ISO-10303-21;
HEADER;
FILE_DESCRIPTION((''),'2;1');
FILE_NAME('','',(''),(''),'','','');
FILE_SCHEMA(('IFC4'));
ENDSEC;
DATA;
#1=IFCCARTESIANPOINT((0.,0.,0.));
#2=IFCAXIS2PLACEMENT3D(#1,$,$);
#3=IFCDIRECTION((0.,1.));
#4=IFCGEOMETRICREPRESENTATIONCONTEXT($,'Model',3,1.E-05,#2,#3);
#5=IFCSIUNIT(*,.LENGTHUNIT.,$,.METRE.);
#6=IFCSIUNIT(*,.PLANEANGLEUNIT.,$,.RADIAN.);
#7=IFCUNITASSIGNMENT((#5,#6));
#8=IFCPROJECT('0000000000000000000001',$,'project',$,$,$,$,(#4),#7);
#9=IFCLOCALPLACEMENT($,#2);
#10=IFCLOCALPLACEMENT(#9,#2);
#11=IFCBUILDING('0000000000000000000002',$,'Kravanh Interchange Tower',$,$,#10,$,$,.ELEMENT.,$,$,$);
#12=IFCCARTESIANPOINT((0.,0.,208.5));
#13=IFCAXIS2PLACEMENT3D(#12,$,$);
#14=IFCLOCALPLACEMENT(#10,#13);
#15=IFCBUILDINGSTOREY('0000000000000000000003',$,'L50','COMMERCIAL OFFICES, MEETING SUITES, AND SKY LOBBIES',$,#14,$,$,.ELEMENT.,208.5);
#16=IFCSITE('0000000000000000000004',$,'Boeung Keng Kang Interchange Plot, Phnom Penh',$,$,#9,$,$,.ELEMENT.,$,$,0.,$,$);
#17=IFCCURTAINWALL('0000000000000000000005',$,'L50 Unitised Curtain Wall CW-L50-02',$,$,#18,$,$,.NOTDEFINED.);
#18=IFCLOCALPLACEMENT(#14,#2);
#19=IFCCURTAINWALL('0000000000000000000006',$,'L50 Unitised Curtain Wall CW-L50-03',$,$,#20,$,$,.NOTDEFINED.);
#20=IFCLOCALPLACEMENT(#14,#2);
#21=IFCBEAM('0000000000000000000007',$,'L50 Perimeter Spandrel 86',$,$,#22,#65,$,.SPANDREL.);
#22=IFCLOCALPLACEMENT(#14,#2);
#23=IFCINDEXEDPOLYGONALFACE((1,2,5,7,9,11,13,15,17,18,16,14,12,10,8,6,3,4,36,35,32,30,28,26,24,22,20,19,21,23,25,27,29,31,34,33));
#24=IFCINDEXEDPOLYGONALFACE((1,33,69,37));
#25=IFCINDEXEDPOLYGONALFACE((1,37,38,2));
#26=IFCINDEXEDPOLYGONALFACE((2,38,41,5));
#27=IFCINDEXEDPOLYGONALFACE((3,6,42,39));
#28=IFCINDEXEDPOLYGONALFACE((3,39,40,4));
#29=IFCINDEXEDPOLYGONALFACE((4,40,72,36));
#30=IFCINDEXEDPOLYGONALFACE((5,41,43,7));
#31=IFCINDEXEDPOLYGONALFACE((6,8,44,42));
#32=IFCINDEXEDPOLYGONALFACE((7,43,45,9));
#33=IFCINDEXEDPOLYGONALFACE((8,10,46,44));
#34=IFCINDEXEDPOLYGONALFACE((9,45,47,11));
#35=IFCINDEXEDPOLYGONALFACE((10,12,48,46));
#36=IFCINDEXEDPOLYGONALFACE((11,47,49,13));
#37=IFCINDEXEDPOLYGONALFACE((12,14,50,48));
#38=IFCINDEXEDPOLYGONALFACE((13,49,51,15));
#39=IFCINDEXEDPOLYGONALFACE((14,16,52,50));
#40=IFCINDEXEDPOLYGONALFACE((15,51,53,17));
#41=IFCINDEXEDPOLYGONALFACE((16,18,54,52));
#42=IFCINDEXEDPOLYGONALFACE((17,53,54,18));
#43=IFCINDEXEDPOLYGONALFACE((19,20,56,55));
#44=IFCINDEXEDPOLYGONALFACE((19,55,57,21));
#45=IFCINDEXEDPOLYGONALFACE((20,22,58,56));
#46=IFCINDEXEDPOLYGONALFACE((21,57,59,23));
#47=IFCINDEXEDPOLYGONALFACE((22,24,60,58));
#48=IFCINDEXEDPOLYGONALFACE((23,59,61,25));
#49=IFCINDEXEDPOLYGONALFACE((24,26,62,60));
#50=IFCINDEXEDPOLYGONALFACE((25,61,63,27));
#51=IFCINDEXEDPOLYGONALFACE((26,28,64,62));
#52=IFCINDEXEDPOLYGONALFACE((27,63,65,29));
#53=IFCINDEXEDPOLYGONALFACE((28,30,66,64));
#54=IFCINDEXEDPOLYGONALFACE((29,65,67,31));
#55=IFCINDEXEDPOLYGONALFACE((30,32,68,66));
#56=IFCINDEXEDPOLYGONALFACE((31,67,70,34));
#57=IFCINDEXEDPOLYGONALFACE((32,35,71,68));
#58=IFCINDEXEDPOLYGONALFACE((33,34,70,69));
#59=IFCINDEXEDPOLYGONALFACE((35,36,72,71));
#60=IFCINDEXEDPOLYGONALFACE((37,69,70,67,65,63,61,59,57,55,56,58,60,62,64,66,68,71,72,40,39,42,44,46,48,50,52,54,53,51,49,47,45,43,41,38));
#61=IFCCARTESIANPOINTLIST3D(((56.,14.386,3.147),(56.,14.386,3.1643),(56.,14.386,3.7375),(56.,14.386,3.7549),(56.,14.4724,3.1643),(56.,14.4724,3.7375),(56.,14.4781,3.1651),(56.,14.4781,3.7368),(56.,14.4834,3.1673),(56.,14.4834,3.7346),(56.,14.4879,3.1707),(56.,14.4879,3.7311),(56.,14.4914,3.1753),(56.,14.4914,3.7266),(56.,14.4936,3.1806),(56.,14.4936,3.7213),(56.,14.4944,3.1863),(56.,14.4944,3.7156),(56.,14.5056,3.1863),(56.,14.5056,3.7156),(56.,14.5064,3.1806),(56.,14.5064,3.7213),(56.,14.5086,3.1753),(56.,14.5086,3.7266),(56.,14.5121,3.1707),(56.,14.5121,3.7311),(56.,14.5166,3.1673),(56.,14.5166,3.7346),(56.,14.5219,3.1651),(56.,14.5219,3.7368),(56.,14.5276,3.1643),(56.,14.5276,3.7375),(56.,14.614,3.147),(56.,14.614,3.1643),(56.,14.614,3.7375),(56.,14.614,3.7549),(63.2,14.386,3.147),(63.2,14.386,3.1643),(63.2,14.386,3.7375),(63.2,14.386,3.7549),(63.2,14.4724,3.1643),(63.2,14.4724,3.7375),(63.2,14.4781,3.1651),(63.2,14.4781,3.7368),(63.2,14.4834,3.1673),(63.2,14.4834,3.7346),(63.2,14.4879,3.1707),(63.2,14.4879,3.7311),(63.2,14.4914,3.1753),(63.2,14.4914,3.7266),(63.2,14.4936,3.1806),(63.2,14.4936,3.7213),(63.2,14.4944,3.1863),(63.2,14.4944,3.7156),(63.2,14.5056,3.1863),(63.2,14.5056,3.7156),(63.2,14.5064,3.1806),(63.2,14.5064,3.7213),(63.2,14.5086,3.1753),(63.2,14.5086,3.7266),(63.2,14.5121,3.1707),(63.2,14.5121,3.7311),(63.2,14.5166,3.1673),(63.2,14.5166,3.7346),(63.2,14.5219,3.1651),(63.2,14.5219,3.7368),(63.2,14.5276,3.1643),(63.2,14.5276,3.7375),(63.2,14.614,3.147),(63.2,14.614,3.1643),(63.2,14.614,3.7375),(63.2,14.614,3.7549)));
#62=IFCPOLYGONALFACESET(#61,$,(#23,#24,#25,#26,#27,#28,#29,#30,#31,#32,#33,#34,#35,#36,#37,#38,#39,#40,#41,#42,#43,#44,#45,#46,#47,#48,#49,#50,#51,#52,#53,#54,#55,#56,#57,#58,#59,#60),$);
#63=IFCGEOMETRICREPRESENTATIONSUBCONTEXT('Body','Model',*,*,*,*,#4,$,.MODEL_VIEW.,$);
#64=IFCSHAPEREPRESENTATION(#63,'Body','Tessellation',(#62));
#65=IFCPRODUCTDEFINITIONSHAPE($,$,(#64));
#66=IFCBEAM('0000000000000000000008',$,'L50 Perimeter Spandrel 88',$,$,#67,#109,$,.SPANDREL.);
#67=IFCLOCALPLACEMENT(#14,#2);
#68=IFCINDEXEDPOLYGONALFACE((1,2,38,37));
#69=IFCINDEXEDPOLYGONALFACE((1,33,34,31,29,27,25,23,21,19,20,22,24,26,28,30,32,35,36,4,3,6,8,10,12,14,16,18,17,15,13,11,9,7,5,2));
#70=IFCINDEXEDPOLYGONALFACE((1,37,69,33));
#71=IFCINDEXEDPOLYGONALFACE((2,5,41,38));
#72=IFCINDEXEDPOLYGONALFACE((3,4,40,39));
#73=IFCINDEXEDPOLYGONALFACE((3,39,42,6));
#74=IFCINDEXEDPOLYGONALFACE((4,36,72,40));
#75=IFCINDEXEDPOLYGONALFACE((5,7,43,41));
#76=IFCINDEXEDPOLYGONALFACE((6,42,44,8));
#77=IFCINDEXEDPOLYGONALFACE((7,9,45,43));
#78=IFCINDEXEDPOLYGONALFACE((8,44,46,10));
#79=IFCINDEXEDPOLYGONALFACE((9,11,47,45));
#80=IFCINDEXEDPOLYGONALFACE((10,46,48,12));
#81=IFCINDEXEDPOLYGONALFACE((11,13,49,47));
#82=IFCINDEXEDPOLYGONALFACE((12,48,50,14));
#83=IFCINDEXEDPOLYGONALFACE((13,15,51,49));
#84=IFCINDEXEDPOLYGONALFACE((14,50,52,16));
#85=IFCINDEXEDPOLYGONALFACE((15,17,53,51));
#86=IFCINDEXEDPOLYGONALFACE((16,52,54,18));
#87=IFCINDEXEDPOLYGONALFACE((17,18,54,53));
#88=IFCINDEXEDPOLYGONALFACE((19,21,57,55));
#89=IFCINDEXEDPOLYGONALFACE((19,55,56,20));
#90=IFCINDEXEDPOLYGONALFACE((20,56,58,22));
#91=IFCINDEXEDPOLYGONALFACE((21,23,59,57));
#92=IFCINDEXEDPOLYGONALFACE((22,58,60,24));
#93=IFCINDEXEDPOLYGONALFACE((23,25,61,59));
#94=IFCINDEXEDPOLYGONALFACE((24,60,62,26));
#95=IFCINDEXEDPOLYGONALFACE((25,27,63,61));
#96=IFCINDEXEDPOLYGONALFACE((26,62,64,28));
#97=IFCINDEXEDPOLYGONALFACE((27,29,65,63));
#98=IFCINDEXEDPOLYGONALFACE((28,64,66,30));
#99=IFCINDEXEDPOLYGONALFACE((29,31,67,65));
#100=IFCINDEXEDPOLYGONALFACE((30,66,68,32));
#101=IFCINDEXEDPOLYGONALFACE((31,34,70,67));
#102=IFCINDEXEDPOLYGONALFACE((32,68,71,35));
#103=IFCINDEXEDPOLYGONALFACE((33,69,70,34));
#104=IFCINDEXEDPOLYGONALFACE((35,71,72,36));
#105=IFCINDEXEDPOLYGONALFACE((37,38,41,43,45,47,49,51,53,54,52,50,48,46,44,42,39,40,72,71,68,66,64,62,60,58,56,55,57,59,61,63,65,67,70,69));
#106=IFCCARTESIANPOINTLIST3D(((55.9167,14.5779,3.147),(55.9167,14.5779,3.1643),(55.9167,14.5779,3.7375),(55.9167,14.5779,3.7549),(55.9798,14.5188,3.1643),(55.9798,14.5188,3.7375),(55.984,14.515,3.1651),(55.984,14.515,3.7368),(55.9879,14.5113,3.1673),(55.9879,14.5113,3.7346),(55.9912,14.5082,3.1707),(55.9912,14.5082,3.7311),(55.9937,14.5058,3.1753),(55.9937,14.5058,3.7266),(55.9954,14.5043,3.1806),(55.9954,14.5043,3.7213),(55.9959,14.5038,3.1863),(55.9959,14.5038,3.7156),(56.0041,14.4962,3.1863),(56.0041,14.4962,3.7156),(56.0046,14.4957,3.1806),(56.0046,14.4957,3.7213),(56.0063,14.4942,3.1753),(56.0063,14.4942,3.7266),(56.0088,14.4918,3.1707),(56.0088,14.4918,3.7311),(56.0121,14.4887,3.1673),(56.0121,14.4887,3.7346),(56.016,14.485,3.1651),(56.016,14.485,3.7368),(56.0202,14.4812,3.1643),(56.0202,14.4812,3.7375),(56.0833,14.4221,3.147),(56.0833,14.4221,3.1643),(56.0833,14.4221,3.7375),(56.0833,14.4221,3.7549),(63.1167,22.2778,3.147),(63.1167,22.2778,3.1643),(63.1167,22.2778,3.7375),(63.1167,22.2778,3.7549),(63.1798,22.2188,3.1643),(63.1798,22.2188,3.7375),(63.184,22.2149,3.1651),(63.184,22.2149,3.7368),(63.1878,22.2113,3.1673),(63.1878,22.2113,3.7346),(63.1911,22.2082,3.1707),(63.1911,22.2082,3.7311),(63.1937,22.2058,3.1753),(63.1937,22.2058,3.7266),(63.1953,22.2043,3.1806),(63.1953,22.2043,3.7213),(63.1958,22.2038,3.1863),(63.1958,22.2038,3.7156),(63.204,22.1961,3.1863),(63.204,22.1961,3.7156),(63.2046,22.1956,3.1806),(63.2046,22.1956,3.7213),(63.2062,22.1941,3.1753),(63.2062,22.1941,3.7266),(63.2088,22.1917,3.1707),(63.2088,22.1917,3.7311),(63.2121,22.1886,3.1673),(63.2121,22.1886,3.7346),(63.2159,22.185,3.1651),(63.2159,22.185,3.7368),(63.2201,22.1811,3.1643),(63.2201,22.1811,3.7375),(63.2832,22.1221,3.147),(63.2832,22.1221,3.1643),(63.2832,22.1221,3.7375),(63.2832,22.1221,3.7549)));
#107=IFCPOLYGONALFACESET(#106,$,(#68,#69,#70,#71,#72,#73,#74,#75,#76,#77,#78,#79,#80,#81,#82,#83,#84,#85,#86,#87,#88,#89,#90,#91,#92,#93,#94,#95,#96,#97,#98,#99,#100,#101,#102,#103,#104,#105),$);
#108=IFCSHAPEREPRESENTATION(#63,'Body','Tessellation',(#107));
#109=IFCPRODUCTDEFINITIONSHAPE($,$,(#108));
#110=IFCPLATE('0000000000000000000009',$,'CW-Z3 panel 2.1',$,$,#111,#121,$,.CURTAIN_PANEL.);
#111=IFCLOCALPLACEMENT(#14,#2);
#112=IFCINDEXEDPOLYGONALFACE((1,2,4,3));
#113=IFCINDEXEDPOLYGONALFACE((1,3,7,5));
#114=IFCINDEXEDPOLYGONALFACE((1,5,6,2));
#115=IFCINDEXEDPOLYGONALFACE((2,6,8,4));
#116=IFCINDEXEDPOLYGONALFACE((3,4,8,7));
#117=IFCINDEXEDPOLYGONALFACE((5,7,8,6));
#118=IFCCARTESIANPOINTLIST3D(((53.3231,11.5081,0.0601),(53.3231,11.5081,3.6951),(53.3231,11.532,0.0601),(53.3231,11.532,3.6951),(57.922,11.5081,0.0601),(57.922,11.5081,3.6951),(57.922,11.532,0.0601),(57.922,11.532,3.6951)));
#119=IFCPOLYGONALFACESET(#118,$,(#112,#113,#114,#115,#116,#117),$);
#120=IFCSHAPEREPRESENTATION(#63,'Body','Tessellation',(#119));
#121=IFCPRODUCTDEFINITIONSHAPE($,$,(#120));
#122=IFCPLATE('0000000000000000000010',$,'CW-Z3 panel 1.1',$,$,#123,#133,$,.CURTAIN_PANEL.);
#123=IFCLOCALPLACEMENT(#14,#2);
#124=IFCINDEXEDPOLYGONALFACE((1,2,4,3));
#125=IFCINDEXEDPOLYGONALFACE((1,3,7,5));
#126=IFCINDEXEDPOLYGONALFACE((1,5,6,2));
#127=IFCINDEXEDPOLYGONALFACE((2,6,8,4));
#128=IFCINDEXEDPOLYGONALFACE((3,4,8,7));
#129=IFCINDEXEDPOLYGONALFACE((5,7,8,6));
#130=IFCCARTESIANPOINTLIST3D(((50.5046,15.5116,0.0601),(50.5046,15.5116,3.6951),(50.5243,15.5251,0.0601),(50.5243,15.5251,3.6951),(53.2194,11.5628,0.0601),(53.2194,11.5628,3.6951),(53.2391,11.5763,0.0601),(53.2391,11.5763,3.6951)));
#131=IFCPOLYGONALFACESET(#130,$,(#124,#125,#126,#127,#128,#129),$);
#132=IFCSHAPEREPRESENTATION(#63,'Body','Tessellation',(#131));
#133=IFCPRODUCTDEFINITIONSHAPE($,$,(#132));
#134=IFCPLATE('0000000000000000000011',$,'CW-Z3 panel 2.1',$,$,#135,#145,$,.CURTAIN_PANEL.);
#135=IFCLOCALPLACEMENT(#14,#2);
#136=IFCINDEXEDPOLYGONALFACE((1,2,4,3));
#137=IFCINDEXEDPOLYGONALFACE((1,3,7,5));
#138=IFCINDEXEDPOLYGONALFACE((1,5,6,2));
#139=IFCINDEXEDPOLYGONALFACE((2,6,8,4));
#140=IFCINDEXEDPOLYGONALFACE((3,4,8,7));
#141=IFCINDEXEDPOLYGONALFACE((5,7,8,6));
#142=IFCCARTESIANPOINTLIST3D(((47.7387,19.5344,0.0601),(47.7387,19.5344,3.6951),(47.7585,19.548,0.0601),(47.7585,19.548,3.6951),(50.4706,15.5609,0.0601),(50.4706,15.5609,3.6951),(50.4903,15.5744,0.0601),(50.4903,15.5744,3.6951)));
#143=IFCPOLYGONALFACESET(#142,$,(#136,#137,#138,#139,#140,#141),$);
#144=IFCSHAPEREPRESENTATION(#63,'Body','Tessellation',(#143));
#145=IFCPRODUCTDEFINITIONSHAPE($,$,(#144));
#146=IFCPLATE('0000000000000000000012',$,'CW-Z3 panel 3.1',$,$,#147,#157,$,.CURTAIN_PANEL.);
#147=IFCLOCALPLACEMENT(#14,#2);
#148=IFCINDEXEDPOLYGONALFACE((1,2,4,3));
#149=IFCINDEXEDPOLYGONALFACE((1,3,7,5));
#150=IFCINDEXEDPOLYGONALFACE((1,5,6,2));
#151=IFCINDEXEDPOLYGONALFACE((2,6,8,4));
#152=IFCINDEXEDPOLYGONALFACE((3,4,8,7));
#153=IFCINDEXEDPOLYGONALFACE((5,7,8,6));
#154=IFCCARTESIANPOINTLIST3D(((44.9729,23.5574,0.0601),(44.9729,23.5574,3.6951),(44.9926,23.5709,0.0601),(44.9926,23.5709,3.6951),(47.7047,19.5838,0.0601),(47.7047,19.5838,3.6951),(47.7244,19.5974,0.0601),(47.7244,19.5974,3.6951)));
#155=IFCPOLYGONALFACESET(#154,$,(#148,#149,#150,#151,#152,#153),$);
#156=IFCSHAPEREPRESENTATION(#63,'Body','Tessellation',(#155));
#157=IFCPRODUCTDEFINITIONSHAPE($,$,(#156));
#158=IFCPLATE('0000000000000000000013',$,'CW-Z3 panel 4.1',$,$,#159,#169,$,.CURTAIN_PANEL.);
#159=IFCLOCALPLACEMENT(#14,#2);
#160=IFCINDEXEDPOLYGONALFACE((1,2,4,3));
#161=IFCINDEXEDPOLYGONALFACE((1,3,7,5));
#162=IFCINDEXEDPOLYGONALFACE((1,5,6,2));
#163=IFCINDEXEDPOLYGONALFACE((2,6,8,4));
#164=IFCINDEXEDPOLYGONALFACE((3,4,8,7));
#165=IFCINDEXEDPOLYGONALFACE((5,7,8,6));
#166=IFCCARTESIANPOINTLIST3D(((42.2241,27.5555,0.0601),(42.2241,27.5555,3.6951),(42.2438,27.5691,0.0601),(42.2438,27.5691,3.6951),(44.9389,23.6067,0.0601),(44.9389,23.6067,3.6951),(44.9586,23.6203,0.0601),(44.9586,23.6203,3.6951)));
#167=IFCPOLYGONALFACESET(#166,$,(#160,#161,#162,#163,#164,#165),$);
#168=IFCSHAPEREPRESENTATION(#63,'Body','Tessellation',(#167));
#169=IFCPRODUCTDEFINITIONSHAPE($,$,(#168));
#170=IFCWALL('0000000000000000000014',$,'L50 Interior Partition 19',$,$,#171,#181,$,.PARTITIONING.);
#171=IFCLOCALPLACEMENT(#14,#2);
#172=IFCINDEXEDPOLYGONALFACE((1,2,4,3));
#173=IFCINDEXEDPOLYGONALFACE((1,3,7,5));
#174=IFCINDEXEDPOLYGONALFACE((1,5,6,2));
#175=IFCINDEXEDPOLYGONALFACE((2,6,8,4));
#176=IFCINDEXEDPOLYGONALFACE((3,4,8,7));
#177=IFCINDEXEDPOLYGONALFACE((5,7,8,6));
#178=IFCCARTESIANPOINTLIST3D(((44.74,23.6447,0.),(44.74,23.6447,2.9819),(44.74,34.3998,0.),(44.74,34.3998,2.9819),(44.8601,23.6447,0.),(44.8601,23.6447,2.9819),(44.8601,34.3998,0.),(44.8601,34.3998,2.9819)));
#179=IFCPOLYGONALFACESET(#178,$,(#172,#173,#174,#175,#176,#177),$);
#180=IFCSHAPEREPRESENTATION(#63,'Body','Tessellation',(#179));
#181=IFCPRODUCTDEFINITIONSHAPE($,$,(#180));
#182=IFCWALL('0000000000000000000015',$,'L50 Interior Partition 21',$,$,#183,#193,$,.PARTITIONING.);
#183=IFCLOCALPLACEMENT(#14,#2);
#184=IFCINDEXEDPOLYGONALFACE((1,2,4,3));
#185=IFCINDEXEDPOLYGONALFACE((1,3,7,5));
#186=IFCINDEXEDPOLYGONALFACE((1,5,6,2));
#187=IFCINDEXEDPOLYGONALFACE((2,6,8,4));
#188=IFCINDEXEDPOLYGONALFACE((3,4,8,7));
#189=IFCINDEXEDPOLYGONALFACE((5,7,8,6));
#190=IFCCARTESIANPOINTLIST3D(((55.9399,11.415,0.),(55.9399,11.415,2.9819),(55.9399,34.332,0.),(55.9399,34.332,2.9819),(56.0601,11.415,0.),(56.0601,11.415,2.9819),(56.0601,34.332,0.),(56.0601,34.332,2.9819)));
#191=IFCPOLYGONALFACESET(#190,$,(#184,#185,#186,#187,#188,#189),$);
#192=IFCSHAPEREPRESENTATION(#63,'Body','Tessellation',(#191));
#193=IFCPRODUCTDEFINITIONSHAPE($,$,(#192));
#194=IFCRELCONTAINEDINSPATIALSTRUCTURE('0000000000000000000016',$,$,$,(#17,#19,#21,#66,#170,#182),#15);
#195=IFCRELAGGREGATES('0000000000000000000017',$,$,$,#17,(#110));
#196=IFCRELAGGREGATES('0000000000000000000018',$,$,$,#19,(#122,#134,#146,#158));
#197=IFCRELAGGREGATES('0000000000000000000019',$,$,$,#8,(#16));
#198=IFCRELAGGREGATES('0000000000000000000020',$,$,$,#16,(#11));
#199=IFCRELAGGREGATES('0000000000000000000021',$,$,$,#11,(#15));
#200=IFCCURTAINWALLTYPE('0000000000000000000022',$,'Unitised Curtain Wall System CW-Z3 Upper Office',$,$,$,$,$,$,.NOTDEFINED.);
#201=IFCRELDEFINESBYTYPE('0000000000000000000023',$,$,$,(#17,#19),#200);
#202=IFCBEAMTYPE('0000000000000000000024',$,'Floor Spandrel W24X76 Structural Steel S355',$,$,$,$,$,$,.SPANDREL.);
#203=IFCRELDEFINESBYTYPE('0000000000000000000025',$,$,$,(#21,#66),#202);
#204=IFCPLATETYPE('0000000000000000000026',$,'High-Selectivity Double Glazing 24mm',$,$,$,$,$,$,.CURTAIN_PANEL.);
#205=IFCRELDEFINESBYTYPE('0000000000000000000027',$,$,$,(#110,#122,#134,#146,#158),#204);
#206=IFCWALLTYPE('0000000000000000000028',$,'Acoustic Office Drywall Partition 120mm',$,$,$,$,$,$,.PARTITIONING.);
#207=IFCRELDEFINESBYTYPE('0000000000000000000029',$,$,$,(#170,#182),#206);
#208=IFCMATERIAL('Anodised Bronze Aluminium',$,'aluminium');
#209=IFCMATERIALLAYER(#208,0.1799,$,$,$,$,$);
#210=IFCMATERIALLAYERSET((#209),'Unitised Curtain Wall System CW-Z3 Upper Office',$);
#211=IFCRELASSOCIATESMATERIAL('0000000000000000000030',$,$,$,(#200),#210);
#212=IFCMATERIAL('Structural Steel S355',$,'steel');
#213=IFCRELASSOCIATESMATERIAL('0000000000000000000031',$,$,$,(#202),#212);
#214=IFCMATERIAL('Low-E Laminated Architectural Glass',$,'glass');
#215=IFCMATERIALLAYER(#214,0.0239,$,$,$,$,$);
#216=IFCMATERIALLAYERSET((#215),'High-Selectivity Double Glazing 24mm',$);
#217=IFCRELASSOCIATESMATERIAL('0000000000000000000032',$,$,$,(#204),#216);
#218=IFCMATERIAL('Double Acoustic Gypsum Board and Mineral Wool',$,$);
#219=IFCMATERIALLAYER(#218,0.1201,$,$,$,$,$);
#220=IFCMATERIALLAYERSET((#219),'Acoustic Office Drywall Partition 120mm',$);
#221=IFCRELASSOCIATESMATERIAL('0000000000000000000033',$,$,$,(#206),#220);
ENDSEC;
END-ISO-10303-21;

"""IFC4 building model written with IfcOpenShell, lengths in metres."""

from ifc_helpers import new_model, si_unit, direction, frame, frame_2d, origin, origin_2d, place, context, subcontext, project, spatial, rectangle, i_section, extrude, material, layer, layer_set, material_profile, profile_set, type_object, element, aggregate, save


model = new_model("IFC4")

# Units and contexts
model_context = context("Model", 3, precision=1e-05, world=origin(), true_north=direction((0.0, 1.0)))
body_context = subcontext(model_context, "Body", "Model", "MODEL_VIEW")
ifc_project = project(units=[si_unit("LENGTHUNIT", "METRE"), si_unit("PLANEANGLEUNIT", "RADIAN")], contexts=[model_context])

# Site, building, storey
site_placement = place(None, origin())
site = spatial("IfcSite", under=ifc_project, at=site_placement, Name="Boeung Keng Kang Interchange Plot, Phnom Penh", CompositionType="ELEMENT", RefElevation=0.0)
building_placement = place(site_placement, origin())
building = spatial("IfcBuilding", under=site, at=building_placement, Name="Kravanh Interchange Tower", CompositionType="ELEMENT")
storey_placement = place(building_placement, frame((0.0, 0.0, 208.5)))
storey = spatial("IfcBuildingStorey", under=building, at=storey_placement, Name="L50", Description="COMMERCIAL OFFICES, MEETING SUITES, AND SKY LOBBIES", CompositionType="ELEMENT", Elevation=208.5)

# Curtain wall
ifc_material_1 = material(Name="Anodised Bronze Aluminium", Category="aluminium")
ifc_layer_1 = layer(ifc_material_1, 0.1799)
ifc_layer_set_1 = layer_set([ifc_layer_1], Name="Unitised Curtain Wall System CW-Z3 Upper Office")
curtain_wall_type = type_object("IfcCurtainWallType", Name="Unitised Curtain Wall System CW-Z3 Upper Office", PredefinedType="NOTDEFINED", material=ifc_layer_set_1)
curtain_wall_1_placement = place(storey_placement, origin())
curtain_wall_1 = element("IfcCurtainWall", 1, at=curtain_wall_1_placement, inside=storey, type_object=curtain_wall_type, Name="L50 Unitised Curtain Wall CW-L50-02", PredefinedType="NOTDEFINED")

# Curtain wall
curtain_wall_2_placement = place(storey_placement, origin())
curtain_wall_2 = element("IfcCurtainWall", 2, at=curtain_wall_2_placement, inside=storey, type_object=curtain_wall_type, Name="L50 Unitised Curtain Wall CW-L50-03", PredefinedType="NOTDEFINED")

# Beams
ifc_material_2 = material(Name="Structural Steel S355", Category="steel")
ifc_material_profile_1 = material_profile(ifc_material_2, i_section(OverallWidth=0.228, OverallDepth=0.6079, WebThickness=0.0112, FlangeThickness=0.0173, FilletRadius=0.022, at=origin_2d()), Name="W24X76")
ifc_profile_set_1 = profile_set([ifc_material_profile_1], Name="Structural Steel S355")
beam_type_1 = type_object("IfcBeamType", Name="Floor Spandrel W24X76 Structural Steel S355", PredefinedType="SPANDREL", material=ifc_profile_set_1)
beam_1_placement = place(storey_placement, frame((56.0, 14.5, 3.4509), z_axis=(1.0, 0.0, 0.0), x_axis=(0.0, 1.0, 0.0)))
element("IfcBeam", 3, at=beam_1_placement, inside=storey, type_object=beam_type_1, Name="L50 Perimeter Spandrel 86", PredefinedType="SPANDREL", context=body_context, shape_type="SweptSolid", body=[
    extrude(i_section(OverallWidth=0.228, OverallDepth=0.6079, WebThickness=0.0112, FlangeThickness=0.0173, FilletRadius=0.022, at=origin_2d()), origin(), (0.0, 0.0, 1.0), 7.2),
])
beam_2_placement = place(storey_placement, frame((56.0, 14.5, 3.4509), z_axis=(0.682994, 0.730424, 0.0), x_axis=(-0.730424, 0.682994, 0.0)))
element("IfcBeam", 4, at=beam_2_placement, inside=storey, type_object=beam_type_1, Name="L50 Perimeter Spandrel 88", PredefinedType="SPANDREL", context=body_context, shape_type="SweptSolid", body=[
    extrude(i_section(OverallWidth=0.228, OverallDepth=0.6079, WebThickness=0.0112, FlangeThickness=0.0173, FilletRadius=0.022, at=origin_2d()), origin(), (0.0, 0.0, 1.0), 10.5417),
])

# Plates
ifc_material_3 = material(Name="Low-E Laminated Architectural Glass", Category="glass")
ifc_layer_2 = layer(ifc_material_3, 0.0239)
ifc_layer_set_2 = layer_set([ifc_layer_2], Name="High-Selectivity Double Glazing 24mm")
plate_type = type_object("IfcPlateType", Name="High-Selectivity Double Glazing 24mm", PredefinedType="CURTAIN_PANEL", material=ifc_layer_set_2)
plate_1_placement = place(storey_placement, frame((55.6226, 11.52, 0.0601), z_axis=(0.0, 0.0, 1.0), x_axis=(-1.0, 0.0, 0.0)))
plate_1 = element("IfcPlate", 5, at=plate_1_placement, type_object=plate_type, Name="CW-Z3 panel 2.1", PredefinedType="CURTAIN_PANEL", context=body_context, shape_type="SweptSolid", body=[
    extrude(rectangle(XDim=4.5989, YDim=0.0239, at=origin_2d()), origin(), (0.0, 0.0, 1.0), 3.635),
])
aggregate(curtain_wall_1, [plate_1])
plate_2_placement = place(storey_placement, frame((51.8718, 13.5439, 0.0601), z_axis=(0.0, 0.0, 1.0), x_axis=(-0.566528, 0.824042, 0.0)))
plate_2 = element("IfcPlate", 6, at=plate_2_placement, type_object=plate_type, Name="CW-Z3 panel 1.1", PredefinedType="CURTAIN_PANEL", context=body_context, shape_type="SweptSolid", body=[
    extrude(rectangle(XDim=4.792, YDim=0.0239, at=origin_2d()), origin(), (0.0, 0.0, 1.0), 3.635),
])
plate_3_placement = place(storey_placement, frame((49.1145, 17.5544, 0.0601), z_axis=(0.0, 0.0, 1.0), x_axis=(-0.566528, 0.824042, 0.0)))
plate_3 = element("IfcPlate", 7, at=plate_3_placement, type_object=plate_type, Name="CW-Z3 panel 2.1", PredefinedType="CURTAIN_PANEL", context=body_context, shape_type="SweptSolid", body=[
    extrude(rectangle(XDim=4.822, YDim=0.0239, at=origin_2d()), origin(), (0.0, 0.0, 1.0), 3.635),
])
plate_4_placement = place(storey_placement, frame((46.3486, 21.5774, 0.0601), z_axis=(0.0, 0.0, 1.0), x_axis=(-0.566528, 0.824042, 0.0)))
plate_4 = element("IfcPlate", 8, at=plate_4_placement, type_object=plate_type, Name="CW-Z3 panel 3.1", PredefinedType="CURTAIN_PANEL", context=body_context, shape_type="SweptSolid", body=[
    extrude(rectangle(XDim=4.822, YDim=0.0239, at=origin_2d()), origin(), (0.0, 0.0, 1.0), 3.635),
])
plate_5_placement = place(storey_placement, frame((43.5913, 25.5879, 0.0601), z_axis=(0.0, 0.0, 1.0), x_axis=(-0.566528, 0.824042, 0.0)))
plate_5 = element("IfcPlate", 9, at=plate_5_placement, type_object=plate_type, Name="CW-Z3 panel 4.1", PredefinedType="CURTAIN_PANEL", context=body_context, shape_type="SweptSolid", body=[
    extrude(rectangle(XDim=4.792, YDim=0.0239, at=origin_2d()), origin(), (0.0, 0.0, 1.0), 3.635),
])
aggregate(curtain_wall_2, [plate_2, plate_3, plate_4, plate_5])

# Walls
ifc_material_4 = material(Name="Double Acoustic Gypsum Board and Mineral Wool")
ifc_layer_3 = layer(ifc_material_4, 0.1201)
ifc_layer_set_3 = layer_set([ifc_layer_3], Name="Acoustic Office Drywall Partition 120mm")
wall_type_1 = type_object("IfcWallType", Name="Acoustic Office Drywall Partition 120mm", PredefinedType="PARTITIONING", material=ifc_layer_set_3)
wall_1_placement = place(storey_placement, frame((44.8, 23.6448, 0.0), z_axis=(0.0, 0.0, 1.0), x_axis=(0.0, 1.0, 0.0)))
element("IfcWall", 10, at=wall_1_placement, inside=storey, type_object=wall_type_1, Name="L50 Interior Partition 19", PredefinedType="PARTITIONING", context=body_context, shape_type="SweptSolid", body=[
    extrude(rectangle(XDim=10.7551, YDim=0.1201, at=frame_2d((5.3774, 0.0))), origin(), (0.0, 0.0, 1.0), 2.9819),
])
wall_2_placement = place(storey_placement, frame((56.0, 11.415, 0.0), z_axis=(0.0, 0.0, 1.0), x_axis=(0.0, 1.0, 0.0)))
element("IfcWall", 11, at=wall_2_placement, inside=storey, type_object=wall_type_1, Name="L50 Interior Partition 21", PredefinedType="PARTITIONING", context=body_context, shape_type="SweptSolid", body=[
    extrude(rectangle(XDim=22.917, YDim=0.1201, at=frame_2d((11.4585, 0.0))), origin(), (0.0, 0.0, 1.0), 2.9819),
])

save(model, "model.ifc")
